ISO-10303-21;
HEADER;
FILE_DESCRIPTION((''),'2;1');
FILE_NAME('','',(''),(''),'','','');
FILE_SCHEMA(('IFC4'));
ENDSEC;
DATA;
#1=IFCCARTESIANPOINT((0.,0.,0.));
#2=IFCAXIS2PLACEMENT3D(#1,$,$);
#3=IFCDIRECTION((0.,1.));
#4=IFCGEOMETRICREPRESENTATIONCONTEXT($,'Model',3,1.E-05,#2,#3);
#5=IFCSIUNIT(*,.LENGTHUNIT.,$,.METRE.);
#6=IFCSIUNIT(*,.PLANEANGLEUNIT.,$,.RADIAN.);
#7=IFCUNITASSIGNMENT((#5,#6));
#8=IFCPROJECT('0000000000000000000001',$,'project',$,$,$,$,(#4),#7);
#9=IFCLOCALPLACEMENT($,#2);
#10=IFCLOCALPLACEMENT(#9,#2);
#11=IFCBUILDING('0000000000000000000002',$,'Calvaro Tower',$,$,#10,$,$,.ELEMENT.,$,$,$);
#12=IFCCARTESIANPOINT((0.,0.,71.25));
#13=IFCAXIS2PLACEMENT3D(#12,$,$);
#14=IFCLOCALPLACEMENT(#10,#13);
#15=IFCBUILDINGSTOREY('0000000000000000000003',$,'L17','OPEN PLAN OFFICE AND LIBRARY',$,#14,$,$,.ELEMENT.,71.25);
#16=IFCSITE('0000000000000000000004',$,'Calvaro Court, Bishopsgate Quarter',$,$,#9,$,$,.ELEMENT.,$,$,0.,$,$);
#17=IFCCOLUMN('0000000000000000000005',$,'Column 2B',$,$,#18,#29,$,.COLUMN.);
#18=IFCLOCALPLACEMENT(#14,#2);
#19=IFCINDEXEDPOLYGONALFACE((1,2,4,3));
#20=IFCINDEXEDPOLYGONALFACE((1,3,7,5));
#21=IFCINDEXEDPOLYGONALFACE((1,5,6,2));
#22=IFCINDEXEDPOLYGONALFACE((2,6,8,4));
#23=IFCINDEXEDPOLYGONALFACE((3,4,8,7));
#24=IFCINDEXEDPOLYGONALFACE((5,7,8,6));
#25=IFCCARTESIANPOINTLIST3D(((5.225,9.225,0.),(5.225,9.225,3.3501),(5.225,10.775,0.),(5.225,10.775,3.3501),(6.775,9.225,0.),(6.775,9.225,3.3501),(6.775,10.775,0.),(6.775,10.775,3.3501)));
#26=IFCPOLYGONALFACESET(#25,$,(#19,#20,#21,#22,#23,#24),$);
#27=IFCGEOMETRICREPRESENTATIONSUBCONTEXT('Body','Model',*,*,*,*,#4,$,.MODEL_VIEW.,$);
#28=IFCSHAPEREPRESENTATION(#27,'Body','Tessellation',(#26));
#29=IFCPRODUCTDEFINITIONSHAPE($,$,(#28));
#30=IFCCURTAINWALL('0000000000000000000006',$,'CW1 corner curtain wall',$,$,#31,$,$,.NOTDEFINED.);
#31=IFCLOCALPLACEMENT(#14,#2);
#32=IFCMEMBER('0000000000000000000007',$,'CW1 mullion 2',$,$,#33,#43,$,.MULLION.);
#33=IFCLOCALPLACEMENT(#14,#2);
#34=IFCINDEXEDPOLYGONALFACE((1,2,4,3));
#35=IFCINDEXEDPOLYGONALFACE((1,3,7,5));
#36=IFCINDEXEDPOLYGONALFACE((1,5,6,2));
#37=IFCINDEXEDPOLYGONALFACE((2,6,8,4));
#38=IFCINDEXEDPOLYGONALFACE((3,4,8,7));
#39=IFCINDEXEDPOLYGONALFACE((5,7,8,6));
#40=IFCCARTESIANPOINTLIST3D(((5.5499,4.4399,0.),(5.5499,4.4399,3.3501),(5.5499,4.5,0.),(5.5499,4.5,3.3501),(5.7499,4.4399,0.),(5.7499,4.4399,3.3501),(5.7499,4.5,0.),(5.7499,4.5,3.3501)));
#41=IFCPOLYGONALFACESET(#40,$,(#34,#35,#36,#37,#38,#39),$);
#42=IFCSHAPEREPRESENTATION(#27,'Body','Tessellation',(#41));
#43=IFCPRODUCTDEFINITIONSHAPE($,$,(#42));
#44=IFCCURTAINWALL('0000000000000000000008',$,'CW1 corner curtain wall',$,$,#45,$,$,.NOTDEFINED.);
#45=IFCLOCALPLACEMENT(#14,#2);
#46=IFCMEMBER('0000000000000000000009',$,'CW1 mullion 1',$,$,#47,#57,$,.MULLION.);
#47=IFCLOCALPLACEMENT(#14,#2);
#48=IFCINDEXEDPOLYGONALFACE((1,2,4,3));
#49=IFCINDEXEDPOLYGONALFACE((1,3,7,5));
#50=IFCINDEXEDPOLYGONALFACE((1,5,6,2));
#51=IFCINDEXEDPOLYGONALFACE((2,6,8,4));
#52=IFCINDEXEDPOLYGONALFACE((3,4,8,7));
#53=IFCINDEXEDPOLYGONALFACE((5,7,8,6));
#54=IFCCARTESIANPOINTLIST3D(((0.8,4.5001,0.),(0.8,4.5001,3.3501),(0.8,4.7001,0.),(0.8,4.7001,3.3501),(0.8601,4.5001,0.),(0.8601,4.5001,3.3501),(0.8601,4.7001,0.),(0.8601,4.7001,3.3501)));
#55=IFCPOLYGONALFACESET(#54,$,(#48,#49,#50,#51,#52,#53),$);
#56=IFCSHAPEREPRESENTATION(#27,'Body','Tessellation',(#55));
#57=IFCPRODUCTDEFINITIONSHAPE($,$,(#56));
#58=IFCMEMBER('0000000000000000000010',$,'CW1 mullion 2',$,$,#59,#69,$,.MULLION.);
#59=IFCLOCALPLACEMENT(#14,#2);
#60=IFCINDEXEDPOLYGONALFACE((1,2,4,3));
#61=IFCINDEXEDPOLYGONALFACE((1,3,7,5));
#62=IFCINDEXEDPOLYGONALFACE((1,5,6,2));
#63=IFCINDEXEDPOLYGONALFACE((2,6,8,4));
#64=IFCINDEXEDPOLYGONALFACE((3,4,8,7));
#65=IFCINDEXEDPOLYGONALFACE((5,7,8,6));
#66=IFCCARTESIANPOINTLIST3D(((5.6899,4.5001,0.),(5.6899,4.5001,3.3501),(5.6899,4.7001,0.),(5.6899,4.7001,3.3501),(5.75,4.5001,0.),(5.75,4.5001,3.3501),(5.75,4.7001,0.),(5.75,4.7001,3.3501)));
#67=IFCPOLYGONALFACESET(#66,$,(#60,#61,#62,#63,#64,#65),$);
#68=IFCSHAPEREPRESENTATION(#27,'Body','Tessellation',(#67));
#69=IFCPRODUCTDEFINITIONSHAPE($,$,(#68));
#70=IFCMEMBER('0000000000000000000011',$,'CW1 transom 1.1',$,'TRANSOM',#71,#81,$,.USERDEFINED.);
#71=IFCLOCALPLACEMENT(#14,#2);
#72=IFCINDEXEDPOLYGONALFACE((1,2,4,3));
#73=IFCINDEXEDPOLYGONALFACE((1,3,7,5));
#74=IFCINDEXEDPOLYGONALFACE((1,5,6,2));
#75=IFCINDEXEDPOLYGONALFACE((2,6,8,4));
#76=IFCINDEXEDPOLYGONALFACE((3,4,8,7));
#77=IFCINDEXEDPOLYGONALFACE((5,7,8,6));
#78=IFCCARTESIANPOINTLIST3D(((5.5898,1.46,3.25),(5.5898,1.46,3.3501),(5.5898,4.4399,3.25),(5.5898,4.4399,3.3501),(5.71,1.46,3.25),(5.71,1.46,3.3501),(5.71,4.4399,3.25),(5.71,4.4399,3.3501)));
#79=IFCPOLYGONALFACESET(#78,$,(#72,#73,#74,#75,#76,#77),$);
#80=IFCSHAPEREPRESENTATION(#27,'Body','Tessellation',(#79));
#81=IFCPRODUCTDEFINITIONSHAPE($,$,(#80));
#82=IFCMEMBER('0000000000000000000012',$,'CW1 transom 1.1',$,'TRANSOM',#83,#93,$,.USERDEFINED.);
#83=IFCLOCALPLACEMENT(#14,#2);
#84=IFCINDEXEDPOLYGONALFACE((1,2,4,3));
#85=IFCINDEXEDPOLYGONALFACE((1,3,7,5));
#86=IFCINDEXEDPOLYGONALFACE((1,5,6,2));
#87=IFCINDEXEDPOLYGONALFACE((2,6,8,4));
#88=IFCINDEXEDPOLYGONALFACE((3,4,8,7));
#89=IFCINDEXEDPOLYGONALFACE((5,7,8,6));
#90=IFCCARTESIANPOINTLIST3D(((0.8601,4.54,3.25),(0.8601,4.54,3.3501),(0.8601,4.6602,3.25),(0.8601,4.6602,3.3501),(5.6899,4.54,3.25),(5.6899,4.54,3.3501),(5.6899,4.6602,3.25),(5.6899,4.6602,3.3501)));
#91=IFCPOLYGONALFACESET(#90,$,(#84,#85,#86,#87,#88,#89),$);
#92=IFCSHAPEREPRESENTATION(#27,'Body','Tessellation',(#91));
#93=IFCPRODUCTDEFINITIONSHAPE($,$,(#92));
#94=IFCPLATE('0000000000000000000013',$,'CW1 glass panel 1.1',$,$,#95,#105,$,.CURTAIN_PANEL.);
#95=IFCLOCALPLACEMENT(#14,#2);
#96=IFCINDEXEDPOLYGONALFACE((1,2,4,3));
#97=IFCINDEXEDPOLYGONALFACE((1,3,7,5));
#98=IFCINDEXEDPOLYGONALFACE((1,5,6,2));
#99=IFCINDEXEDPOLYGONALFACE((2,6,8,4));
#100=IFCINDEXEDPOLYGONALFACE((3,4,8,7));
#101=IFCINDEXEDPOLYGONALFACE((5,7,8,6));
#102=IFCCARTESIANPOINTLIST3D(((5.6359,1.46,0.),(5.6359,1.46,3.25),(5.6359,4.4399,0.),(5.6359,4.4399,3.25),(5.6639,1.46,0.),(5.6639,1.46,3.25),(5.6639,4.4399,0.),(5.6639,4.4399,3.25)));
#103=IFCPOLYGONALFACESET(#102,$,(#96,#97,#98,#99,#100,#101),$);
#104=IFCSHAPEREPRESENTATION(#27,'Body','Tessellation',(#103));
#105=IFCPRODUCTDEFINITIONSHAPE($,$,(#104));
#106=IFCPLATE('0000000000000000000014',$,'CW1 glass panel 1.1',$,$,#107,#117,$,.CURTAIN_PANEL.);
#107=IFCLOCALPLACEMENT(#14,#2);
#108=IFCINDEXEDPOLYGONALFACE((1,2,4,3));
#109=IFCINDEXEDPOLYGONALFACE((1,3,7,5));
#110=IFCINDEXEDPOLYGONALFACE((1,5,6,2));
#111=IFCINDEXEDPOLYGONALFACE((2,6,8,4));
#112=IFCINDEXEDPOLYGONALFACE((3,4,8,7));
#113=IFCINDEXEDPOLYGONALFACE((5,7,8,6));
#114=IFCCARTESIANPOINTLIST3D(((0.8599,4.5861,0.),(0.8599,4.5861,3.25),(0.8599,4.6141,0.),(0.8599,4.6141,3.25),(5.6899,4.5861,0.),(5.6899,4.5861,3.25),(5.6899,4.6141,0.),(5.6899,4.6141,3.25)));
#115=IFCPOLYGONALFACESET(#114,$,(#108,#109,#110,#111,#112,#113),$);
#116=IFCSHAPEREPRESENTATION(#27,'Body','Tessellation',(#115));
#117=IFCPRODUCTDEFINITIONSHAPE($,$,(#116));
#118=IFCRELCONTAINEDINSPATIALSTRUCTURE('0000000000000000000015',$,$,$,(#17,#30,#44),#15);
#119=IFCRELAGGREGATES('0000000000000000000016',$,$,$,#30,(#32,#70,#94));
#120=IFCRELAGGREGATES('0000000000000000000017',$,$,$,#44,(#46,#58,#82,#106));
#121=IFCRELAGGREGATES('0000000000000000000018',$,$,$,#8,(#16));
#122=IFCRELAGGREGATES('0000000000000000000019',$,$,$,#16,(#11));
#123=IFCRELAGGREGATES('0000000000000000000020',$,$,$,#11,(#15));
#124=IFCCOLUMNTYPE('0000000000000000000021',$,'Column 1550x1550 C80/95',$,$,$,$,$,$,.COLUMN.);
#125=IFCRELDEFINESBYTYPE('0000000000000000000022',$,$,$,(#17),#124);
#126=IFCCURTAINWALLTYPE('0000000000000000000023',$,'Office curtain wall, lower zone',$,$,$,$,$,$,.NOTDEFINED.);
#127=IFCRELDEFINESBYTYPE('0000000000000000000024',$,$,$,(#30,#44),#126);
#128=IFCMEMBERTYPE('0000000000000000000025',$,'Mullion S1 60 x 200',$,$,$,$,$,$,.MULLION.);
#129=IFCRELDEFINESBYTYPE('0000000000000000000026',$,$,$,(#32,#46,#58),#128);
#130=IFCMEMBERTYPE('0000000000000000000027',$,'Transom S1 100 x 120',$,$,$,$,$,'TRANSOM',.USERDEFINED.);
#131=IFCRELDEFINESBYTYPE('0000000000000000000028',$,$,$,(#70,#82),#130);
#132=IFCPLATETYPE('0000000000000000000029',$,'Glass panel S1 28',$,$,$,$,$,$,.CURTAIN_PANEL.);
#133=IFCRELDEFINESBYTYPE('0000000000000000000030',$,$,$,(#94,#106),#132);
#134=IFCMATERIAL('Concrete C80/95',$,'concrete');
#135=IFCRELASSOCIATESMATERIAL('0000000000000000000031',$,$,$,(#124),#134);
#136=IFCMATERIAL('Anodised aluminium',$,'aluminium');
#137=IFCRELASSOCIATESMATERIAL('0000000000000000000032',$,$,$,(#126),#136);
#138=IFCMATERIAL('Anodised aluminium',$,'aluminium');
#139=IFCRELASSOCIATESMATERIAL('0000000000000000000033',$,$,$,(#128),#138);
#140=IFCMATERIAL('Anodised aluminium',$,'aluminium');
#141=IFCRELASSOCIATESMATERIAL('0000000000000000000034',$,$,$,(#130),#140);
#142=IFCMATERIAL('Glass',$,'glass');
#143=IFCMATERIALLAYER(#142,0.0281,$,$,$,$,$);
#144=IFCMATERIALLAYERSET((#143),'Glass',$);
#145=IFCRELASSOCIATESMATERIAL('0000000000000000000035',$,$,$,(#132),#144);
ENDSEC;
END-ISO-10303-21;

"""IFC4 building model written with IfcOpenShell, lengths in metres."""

from ifc_helpers import new_model, si_unit, direction, frame, origin, origin_2d, place, context, subcontext, project, spatial, rectangle, extrude, material, layer, layer_set, material_profile, profile_set, type_object, element, aggregate, save


model = new_model("IFC4")

# Units and contexts
model_context = context("Model", 3, precision=1e-05, world=origin(), true_north=direction((0.0, 1.0)))
body_context = subcontext(model_context, "Body", "Model", "MODEL_VIEW")
ifc_project = project(units=[si_unit("LENGTHUNIT", "METRE"), si_unit("PLANEANGLEUNIT", "RADIAN")], contexts=[model_context])

# Site, building, storey
site_placement = place(None, origin())
site = spatial("IfcSite", under=ifc_project, at=site_placement, Name="Calvaro Court, Bishopsgate Quarter", CompositionType="ELEMENT", RefElevation=0.0)
building_placement = place(site_placement, origin())
building = spatial("IfcBuilding", under=site, at=building_placement, Name="Calvaro Tower", CompositionType="ELEMENT")
storey_placement = place(building_placement, frame((0.0, 0.0, 71.25)))
storey = spatial("IfcBuildingStorey", under=building, at=storey_placement, Name="L17", Description="OPEN PLAN OFFICE AND LIBRARY", CompositionType="ELEMENT", Elevation=71.25)

# Column
ifc_material_1 = material(Name="Concrete C80/95", Category="concrete")
ifc_material_profile_1 = material_profile(ifc_material_1, rectangle(XDim=1.55, YDim=1.55, at=origin_2d()), Name="RC 1550x1550")
ifc_profile_set_1 = profile_set([ifc_material_profile_1], Name="Concrete C80/95")
column_type = type_object("IfcColumnType", Name="Column 1550x1550 C80/95", PredefinedType="COLUMN", material=ifc_profile_set_1)
column_placement = place(storey_placement, frame((6.0, 10.0, 0.0), z_axis=(0.0, 0.0, 1.0), x_axis=(1.0, 0.0, 0.0)))
element("IfcColumn", 1, at=column_placement, inside=storey, type_object=column_type, Name="Column 2B", PredefinedType="COLUMN", context=body_context, shape_type="SweptSolid", body=[
    extrude(rectangle(XDim=1.55, YDim=1.55, at=origin_2d()), origin(), (0.0, 0.0, 1.0), 3.3501),
])

# Curtain wall, member
ifc_material_2 = material(Name="Anodised aluminium", Category="aluminium")
curtain_wall_type = type_object("IfcCurtainWallType", Name="Office curtain wall, lower zone", PredefinedType="NOTDEFINED", material=ifc_material_2)
curtain_wall_1_placement = place(storey_placement, origin())
curtain_wall_1 = element("IfcCurtainWall", 2, at=curtain_wall_1_placement, inside=storey, type_object=curtain_wall_type, Name="CW1 corner curtain wall", PredefinedType="NOTDEFINED")
ifc_material_3 = material(Name="Anodised aluminium", Category="aluminium")
ifc_material_profile_2 = material_profile(ifc_material_3, rectangle(XDim=0.2, YDim=0.0601, at=origin_2d()), Name="Mullion S1 60 x 200")
ifc_profile_set_2 = profile_set([ifc_material_profile_2], Name="Anodised aluminium")
member_type_1 = type_object("IfcMemberType", Name="Mullion S1 60 x 200", PredefinedType="MULLION", material=ifc_profile_set_2)
member_1_placement = place(storey_placement, frame((5.6499, 4.47, 0.0), z_axis=(0.0, 0.0, 1.0), x_axis=(-1.0, 0.0, 0.0)))
member_1 = element("IfcMember", 3, at=member_1_placement, type_object=member_type_1, Name="CW1 mullion 2", PredefinedType="MULLION", context=body_context, shape_type="SweptSolid", body=[
    extrude(rectangle(XDim=0.2, YDim=0.0601, at=origin_2d()), origin(), (0.0, 0.0, 1.0), 3.3501),
])

# Curtain wall, members
curtain_wall_2_placement = place(storey_placement, origin())
curtain_wall_2 = element("IfcCurtainWall", 4, at=curtain_wall_2_placement, inside=storey, type_object=curtain_wall_type, Name="CW1 corner curtain wall", PredefinedType="NOTDEFINED")
member_2_placement = place(storey_placement, frame((0.8301, 4.6001, 0.0), z_axis=(0.0, 0.0, 1.0), x_axis=(0.0, 1.0, 0.0)))
member_2 = element("IfcMember", 5, at=member_2_placement, type_object=member_type_1, Name="CW1 mullion 1", PredefinedType="MULLION", context=body_context, shape_type="SweptSolid", body=[
    extrude(rectangle(XDim=0.2, YDim=0.0601, at=origin_2d()), origin(), (0.0, 0.0, 1.0), 3.3501),
])
member_3_placement = place(storey_placement, frame((5.72, 4.6001, 0.0), z_axis=(0.0, 0.0, 1.0), x_axis=(0.0, 1.0, 0.0)))
member_3 = element("IfcMember", 6, at=member_3_placement, type_object=member_type_1, Name="CW1 mullion 2", PredefinedType="MULLION", context=body_context, shape_type="SweptSolid", body=[
    extrude(rectangle(XDim=0.2, YDim=0.0601, at=origin_2d()), origin(), (0.0, 0.0, 1.0), 3.3501),
])

# Members
ifc_material_4 = material(Name="Anodised aluminium", Category="aluminium")
ifc_material_profile_3 = material_profile(ifc_material_4, rectangle(XDim=0.1201, YDim=0.1001, at=origin_2d()), Name="Transom S1 100 x 120")
ifc_profile_set_3 = profile_set([ifc_material_profile_3], Name="Anodised aluminium")
member_type_2 = type_object("IfcMemberType", Name="Transom S1 100 x 120", ElementType="TRANSOM", PredefinedType="USERDEFINED", material=ifc_profile_set_3)
member_4_placement = place(storey_placement, frame((5.6499, 1.46, 3.3), z_axis=(0.0, 1.0, 0.0), x_axis=(-1.0, 0.0, 0.0)))
member_4 = element("IfcMember", 7, at=member_4_placement, type_object=member_type_2, Name="CW1 transom 1.1", ObjectType="TRANSOM", PredefinedType="USERDEFINED", context=body_context, shape_type="SweptSolid", body=[
    extrude(rectangle(XDim=0.1201, YDim=0.1001, at=origin_2d()), origin(), (0.0, 0.0, 1.0), 2.98),
])
member_5_placement = place(storey_placement, frame((0.8601, 4.6001, 3.3), z_axis=(1.0, 0.0, 0.0), x_axis=(0.0, 1.0, 0.0)))
member_5 = element("IfcMember", 8, at=member_5_placement, type_object=member_type_2, Name="CW1 transom 1.1", ObjectType="TRANSOM", PredefinedType="USERDEFINED", context=body_context, shape_type="SweptSolid", body=[
    extrude(rectangle(XDim=0.1201, YDim=0.1001, at=origin_2d()), origin(), (0.0, 0.0, 1.0), 4.8298),
])

# Plates
ifc_material_5 = material(Name="Glass", Category="glass")
ifc_layer_1 = layer(ifc_material_5, 0.0281)
ifc_layer_set_1 = layer_set([ifc_layer_1], Name="Glass")
plate_type = type_object("IfcPlateType", Name="Glass panel S1 28", PredefinedType="CURTAIN_PANEL", material=ifc_layer_set_1)
plate_1_placement = place(storey_placement, frame((5.6499, 2.95, 0.0), z_axis=(0.0, 0.0, 1.0), x_axis=(0.0, 1.0, 0.0)))
plate_1 = element("IfcPlate", 9, at=plate_1_placement, type_object=plate_type, Name="CW1 glass panel 1.1", PredefinedType="CURTAIN_PANEL", context=body_context, shape_type="SweptSolid", body=[
    extrude(rectangle(XDim=2.98, YDim=0.0281, at=origin_2d()), origin(), (0.0, 0.0, 1.0), 3.25),
])
aggregate(curtain_wall_1, [member_1, member_4, plate_1])
plate_2_placement = place(storey_placement, frame((3.2749, 4.6001, 0.0), z_axis=(0.0, 0.0, 1.0), x_axis=(1.0, 0.0, 0.0)))
plate_2 = element("IfcPlate", 10, at=plate_2_placement, type_object=plate_type, Name="CW1 glass panel 1.1", PredefinedType="CURTAIN_PANEL", context=body_context, shape_type="SweptSolid", body=[
    extrude(rectangle(XDim=4.8301, YDim=0.0281, at=origin_2d()), origin(), (0.0, 0.0, 1.0), 3.25),
])
aggregate(curtain_wall_2, [member_2, member_3, member_5, plate_2])

save(model, "model.ifc")
